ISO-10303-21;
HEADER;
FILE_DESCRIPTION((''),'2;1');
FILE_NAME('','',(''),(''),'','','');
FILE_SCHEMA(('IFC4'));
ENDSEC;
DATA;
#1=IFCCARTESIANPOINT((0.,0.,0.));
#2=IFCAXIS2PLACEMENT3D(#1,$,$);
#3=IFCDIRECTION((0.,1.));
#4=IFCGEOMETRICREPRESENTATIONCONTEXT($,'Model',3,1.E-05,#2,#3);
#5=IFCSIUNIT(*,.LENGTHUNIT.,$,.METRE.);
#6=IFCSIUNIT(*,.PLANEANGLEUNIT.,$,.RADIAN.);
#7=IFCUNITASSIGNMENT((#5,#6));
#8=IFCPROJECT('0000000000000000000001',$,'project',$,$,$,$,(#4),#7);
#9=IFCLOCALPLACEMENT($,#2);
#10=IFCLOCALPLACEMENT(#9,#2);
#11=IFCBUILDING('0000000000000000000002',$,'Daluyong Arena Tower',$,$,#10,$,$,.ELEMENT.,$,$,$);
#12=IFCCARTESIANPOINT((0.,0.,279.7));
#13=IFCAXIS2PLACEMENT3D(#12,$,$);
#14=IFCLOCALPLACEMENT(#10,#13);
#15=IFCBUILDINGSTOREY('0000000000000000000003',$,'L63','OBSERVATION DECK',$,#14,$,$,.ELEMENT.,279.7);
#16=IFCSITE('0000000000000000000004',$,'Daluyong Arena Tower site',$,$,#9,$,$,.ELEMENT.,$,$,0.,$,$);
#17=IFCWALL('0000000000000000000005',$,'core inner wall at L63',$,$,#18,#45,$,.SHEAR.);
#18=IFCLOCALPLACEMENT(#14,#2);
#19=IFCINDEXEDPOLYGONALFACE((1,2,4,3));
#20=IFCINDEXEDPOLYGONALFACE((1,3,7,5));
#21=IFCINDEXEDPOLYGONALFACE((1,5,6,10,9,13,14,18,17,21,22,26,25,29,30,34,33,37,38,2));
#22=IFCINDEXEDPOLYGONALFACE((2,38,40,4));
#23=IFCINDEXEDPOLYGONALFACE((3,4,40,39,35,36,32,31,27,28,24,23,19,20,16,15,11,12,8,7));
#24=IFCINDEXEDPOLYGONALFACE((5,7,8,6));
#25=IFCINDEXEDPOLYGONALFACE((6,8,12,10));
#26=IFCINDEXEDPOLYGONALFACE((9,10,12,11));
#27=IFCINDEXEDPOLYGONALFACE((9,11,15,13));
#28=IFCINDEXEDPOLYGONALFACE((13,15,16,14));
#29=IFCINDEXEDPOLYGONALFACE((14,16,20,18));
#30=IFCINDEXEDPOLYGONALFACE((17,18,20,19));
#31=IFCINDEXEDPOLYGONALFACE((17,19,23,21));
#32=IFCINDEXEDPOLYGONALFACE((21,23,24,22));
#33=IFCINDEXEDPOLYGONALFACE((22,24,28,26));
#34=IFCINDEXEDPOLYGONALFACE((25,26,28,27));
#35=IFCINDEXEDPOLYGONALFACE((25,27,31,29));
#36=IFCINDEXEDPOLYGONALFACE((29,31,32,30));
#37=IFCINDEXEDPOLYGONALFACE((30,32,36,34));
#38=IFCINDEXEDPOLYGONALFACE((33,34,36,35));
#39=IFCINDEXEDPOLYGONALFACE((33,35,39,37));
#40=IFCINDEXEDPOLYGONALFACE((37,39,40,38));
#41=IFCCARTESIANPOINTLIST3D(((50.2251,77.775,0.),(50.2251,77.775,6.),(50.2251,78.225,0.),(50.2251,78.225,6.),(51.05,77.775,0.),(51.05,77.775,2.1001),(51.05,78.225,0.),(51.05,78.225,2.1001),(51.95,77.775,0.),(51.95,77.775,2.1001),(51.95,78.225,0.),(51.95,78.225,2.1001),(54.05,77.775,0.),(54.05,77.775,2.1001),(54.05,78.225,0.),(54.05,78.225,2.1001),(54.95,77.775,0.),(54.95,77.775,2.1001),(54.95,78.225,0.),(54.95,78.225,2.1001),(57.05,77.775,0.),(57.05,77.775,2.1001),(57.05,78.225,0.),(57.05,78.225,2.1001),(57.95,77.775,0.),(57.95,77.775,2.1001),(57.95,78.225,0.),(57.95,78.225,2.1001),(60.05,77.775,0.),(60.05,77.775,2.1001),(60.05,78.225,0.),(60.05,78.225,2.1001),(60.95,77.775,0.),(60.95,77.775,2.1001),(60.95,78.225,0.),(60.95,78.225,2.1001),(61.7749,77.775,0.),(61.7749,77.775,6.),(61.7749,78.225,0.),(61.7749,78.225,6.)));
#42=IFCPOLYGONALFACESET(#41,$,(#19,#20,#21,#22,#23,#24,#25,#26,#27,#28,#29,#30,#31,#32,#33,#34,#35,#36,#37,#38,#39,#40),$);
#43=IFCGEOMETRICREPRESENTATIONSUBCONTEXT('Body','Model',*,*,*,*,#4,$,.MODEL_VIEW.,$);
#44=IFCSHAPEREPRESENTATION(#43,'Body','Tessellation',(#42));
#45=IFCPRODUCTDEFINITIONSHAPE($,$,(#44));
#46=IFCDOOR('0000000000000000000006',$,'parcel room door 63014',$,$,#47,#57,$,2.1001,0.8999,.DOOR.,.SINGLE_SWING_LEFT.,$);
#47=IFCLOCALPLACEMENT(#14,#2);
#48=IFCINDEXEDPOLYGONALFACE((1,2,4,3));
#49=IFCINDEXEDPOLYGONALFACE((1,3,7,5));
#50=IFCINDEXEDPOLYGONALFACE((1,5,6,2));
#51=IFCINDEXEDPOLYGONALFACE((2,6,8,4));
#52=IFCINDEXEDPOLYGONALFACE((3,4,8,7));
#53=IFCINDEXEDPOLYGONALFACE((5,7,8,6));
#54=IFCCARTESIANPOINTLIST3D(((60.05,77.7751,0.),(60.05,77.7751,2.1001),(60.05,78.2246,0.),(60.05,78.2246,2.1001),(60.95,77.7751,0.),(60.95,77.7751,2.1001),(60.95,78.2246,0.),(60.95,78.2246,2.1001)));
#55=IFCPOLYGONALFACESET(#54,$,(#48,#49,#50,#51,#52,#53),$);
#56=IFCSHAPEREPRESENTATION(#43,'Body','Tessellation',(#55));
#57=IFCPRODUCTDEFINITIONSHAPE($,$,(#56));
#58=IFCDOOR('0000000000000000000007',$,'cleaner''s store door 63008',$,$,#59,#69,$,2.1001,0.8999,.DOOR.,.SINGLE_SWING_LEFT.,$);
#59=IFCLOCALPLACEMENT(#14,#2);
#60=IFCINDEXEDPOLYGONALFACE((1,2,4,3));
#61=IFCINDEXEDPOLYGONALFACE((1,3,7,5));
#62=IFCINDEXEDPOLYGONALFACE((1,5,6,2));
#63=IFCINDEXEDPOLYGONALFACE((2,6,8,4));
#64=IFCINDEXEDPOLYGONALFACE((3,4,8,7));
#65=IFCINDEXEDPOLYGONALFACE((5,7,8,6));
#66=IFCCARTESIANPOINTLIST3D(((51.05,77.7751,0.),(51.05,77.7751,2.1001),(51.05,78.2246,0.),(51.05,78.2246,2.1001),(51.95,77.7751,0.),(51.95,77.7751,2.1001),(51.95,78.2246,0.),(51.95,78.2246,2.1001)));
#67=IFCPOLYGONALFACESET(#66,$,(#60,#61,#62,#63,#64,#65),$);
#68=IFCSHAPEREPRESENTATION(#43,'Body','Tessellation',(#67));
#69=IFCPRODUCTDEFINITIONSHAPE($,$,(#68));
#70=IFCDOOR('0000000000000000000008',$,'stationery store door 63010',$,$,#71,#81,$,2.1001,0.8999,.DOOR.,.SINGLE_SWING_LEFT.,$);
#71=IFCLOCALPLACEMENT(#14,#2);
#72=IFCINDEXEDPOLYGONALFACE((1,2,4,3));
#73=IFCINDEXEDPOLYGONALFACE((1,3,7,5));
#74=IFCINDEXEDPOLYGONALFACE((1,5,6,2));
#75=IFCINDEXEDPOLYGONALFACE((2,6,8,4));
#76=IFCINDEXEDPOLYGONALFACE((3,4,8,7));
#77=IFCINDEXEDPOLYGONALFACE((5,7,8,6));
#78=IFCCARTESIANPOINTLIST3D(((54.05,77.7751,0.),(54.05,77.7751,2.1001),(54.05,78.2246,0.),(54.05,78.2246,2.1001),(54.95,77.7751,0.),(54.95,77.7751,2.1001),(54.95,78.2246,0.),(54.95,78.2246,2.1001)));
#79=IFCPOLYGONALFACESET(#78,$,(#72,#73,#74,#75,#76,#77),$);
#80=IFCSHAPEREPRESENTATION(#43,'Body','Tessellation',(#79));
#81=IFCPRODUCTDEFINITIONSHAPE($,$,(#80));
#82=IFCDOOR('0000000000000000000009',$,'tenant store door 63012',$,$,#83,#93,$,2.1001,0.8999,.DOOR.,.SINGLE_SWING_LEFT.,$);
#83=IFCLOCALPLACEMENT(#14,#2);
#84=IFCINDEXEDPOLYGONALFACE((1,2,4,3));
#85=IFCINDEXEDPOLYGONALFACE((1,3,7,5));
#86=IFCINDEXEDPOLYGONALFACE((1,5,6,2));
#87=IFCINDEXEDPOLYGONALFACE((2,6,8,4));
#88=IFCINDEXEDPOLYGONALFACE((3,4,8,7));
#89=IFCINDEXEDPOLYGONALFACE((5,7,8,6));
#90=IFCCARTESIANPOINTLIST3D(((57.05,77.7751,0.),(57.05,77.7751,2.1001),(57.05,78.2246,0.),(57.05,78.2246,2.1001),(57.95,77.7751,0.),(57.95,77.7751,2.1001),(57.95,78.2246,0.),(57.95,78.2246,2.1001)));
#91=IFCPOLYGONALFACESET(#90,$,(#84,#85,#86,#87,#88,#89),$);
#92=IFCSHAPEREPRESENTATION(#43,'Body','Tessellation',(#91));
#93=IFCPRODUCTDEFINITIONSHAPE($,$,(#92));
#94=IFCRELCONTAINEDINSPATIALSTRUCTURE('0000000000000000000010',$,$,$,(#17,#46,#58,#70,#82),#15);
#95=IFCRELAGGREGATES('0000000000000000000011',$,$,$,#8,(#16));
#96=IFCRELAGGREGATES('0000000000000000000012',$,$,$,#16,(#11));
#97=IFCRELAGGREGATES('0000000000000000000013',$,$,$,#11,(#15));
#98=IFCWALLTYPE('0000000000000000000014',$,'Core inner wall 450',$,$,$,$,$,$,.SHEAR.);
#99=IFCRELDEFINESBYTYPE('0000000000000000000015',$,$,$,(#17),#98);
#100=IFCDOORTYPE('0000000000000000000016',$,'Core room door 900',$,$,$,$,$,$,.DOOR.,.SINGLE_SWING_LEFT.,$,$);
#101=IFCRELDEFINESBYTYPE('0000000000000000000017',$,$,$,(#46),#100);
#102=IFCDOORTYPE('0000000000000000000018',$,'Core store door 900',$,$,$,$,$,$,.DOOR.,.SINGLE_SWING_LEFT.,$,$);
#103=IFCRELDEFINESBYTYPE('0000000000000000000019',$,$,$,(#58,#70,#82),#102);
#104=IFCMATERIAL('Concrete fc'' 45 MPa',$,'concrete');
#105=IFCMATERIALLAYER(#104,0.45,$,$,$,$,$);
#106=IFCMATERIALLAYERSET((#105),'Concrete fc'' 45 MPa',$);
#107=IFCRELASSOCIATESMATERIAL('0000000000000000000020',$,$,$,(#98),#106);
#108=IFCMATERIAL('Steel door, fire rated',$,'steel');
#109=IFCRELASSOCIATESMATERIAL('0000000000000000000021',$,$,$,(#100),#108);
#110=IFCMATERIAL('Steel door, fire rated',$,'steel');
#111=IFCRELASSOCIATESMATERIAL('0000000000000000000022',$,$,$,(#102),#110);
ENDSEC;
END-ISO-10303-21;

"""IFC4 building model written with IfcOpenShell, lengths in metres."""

from ifc_helpers import new_model, si_unit, direction, frame, frame_2d, origin, place, context, subcontext, project, spatial, rectangle, extrude, material, layer, layer_set, type_object, element, fill, save


model = new_model("IFC4")

# Units and contexts
model_context = context("Model", 3, precision=1e-05, world=origin(), true_north=direction((0.0, 1.0)))
body_context = subcontext(model_context, "Body", "Model", "MODEL_VIEW")
ifc_project = project(units=[si_unit("LENGTHUNIT", "METRE"), si_unit("PLANEANGLEUNIT", "RADIAN")], contexts=[model_context])

# Site, building, storey
site_placement = place(None, origin())
site = spatial("IfcSite", under=ifc_project, at=site_placement, Name="Daluyong Arena Tower site", CompositionType="ELEMENT", RefElevation=0.0)
building_placement = place(site_placement, origin())
building = spatial("IfcBuilding", under=site, at=building_placement, Name="Daluyong Arena Tower", CompositionType="ELEMENT")
storey_placement = place(building_placement, frame((0.0, 0.0, 279.7)))
storey = spatial("IfcBuildingStorey", under=building, at=storey_placement, Name="L63", Description="OBSERVATION DECK", CompositionType="ELEMENT", Elevation=279.7)

# Wall, openings, doors
ifc_material_1 = material(Name="Concrete fc' 45 MPa", Category="concrete")
ifc_layer_1 = layer(ifc_material_1, 0.45)
ifc_layer_set_1 = layer_set([ifc_layer_1], Name="Concrete fc' 45 MPa")
wall_type_1 = type_object("IfcWallType", Name="Core inner wall 450", PredefinedType="SHEAR", material=ifc_layer_set_1)
wall_1_placement = place(storey_placement, frame((50.2251, 78.0, 0.0), z_axis=(0.0, 0.0, 1.0), x_axis=(1.0, 0.0, 0.0)))
wall_1 = element("IfcWall", 1, at=wall_1_placement, inside=storey, type_object=wall_type_1, Name="core inner wall at L63", PredefinedType="SHEAR", context=body_context, shape_type="SweptSolid", body=[
    extrude(rectangle(XDim=11.5498, YDim=0.45, at=frame_2d((5.7749, 0.0))), origin(), (0.0, 0.0, 1.0), 6.0),
])
opening_1_placement = place(wall_1_placement, frame((0.825, 0.0, 0.0)))
opening_1 = element("IfcOpeningElement", 2, at=opening_1_placement, cuts=wall_1, PredefinedType="OPENING", context=body_context, shape_type="SweptSolid", body=[
    extrude(rectangle(XDim=0.8999, YDim=2.1001, at=frame_2d((0.45, 1.05))), frame((0.0, 0.2349, 0.0), z_axis=(0.0, -1.0, 0.0), x_axis=(1.0, 0.0, 0.0)), (0.0, 0.0, 1.0), 0.47),
])
opening_2_placement = place(wall_1_placement, frame((3.825, 0.0, 0.0)))
opening_2 = element("IfcOpeningElement", 3, at=opening_2_placement, cuts=wall_1, PredefinedType="OPENING", context=body_context, shape_type="SweptSolid", body=[
    extrude(rectangle(XDim=0.8999, YDim=2.1001, at=frame_2d((0.45, 1.05))), frame((0.0, 0.2349, 0.0), z_axis=(0.0, -1.0, 0.0), x_axis=(1.0, 0.0, 0.0)), (0.0, 0.0, 1.0), 0.47),
])
opening_3_placement = place(wall_1_placement, frame((6.825, 0.0, 0.0)))
opening_3 = element("IfcOpeningElement", 4, at=opening_3_placement, cuts=wall_1, PredefinedType="OPENING", context=body_context, shape_type="SweptSolid", body=[
    extrude(rectangle(XDim=0.8999, YDim=2.1001, at=frame_2d((0.45, 1.05))), frame((0.0, 0.2349, 0.0), z_axis=(0.0, -1.0, 0.0), x_axis=(1.0, 0.0, 0.0)), (0.0, 0.0, 1.0), 0.47),
])
opening_4_placement = place(wall_1_placement, frame((9.825, 0.0, 0.0)))
opening_4 = element("IfcOpeningElement", 5, at=opening_4_placement, cuts=wall_1, PredefinedType="OPENING", context=body_context, shape_type="SweptSolid", body=[
    extrude(rectangle(XDim=0.8999, YDim=2.1001, at=frame_2d((0.45, 1.05))), frame((0.0, 0.2349, 0.0), z_axis=(0.0, -1.0, 0.0), x_axis=(1.0, 0.0, 0.0)), (0.0, 0.0, 1.0), 0.47),
])
ifc_material_2 = material(Name="Steel door, fire rated", Category="steel")
door_type_1 = type_object("IfcDoorType", Name="Core room door 900", OperationType="SINGLE_SWING_LEFT", PredefinedType="DOOR", material=ifc_material_2)
door_1_placement = place(opening_4_placement, origin())
door_1 = element("IfcDoor", 6, at=door_1_placement, inside=storey, type_object=door_type_1, Name="parcel room door 63014", OperationType="SINGLE_SWING_LEFT", OverallHeight=2.1001, OverallWidth=0.8999, PredefinedType="DOOR", context=body_context, shape_type="SweptSolid", body=[
    extrude(rectangle(XDim=0.8999, YDim=2.1001, at=frame_2d((0.45, 1.05))), frame((0.0, 0.2246, 0.0), z_axis=(0.0, -1.0, 0.0), x_axis=(1.0, 0.0, 0.0)), (0.0, 0.0, 1.0), 0.4495),
])
fill(opening_4, door_1)
ifc_material_3 = material(Name="Steel door, fire rated", Category="steel")
door_type_2 = type_object("IfcDoorType", Name="Core store door 900", OperationType="SINGLE_SWING_LEFT", PredefinedType="DOOR", material=ifc_material_3)
door_2_placement = place(opening_1_placement, origin())
door_2 = element("IfcDoor", 7, at=door_2_placement, inside=storey, type_object=door_type_2, Name="cleaner's store door 63008", OperationType="SINGLE_SWING_LEFT", OverallHeight=2.1001, OverallWidth=0.8999, PredefinedType="DOOR", context=body_context, shape_type="SweptSolid", body=[
    extrude(rectangle(XDim=0.8999, YDim=2.1001, at=frame_2d((0.45, 1.05))), frame((0.0, 0.2246, 0.0), z_axis=(0.0, -1.0, 0.0), x_axis=(1.0, 0.0, 0.0)), (0.0, 0.0, 1.0), 0.4495),
])
fill(opening_1, door_2)
door_3_placement = place(opening_2_placement, origin())
door_3 = element("IfcDoor", 8, at=door_3_placement, inside=storey, type_object=door_type_2, Name="stationery store door 63010", OperationType="SINGLE_SWING_LEFT", OverallHeight=2.1001, OverallWidth=0.8999, PredefinedType="DOOR", context=body_context, shape_type="SweptSolid", body=[
    extrude(rectangle(XDim=0.8999, YDim=2.1001, at=frame_2d((0.45, 1.05))), frame((0.0, 0.2246, 0.0), z_axis=(0.0, -1.0, 0.0), x_axis=(1.0, 0.0, 0.0)), (0.0, 0.0, 1.0), 0.4495),
])
fill(opening_2, door_3)
door_4_placement = place(opening_3_placement, origin())
door_4 = element("IfcDoor", 9, at=door_4_placement, inside=storey, type_object=door_type_2, Name="tenant store door 63012", OperationType="SINGLE_SWING_LEFT", OverallHeight=2.1001, OverallWidth=0.8999, PredefinedType="DOOR", context=body_context, shape_type="SweptSolid", body=[
    extrude(rectangle(XDim=0.8999, YDim=2.1001, at=frame_2d((0.45, 1.05))), frame((0.0, 0.2246, 0.0), z_axis=(0.0, -1.0, 0.0), x_axis=(1.0, 0.0, 0.0)), (0.0, 0.0, 1.0), 0.4495),
])
fill(opening_3, door_4)

save(model, "model.ifc")
